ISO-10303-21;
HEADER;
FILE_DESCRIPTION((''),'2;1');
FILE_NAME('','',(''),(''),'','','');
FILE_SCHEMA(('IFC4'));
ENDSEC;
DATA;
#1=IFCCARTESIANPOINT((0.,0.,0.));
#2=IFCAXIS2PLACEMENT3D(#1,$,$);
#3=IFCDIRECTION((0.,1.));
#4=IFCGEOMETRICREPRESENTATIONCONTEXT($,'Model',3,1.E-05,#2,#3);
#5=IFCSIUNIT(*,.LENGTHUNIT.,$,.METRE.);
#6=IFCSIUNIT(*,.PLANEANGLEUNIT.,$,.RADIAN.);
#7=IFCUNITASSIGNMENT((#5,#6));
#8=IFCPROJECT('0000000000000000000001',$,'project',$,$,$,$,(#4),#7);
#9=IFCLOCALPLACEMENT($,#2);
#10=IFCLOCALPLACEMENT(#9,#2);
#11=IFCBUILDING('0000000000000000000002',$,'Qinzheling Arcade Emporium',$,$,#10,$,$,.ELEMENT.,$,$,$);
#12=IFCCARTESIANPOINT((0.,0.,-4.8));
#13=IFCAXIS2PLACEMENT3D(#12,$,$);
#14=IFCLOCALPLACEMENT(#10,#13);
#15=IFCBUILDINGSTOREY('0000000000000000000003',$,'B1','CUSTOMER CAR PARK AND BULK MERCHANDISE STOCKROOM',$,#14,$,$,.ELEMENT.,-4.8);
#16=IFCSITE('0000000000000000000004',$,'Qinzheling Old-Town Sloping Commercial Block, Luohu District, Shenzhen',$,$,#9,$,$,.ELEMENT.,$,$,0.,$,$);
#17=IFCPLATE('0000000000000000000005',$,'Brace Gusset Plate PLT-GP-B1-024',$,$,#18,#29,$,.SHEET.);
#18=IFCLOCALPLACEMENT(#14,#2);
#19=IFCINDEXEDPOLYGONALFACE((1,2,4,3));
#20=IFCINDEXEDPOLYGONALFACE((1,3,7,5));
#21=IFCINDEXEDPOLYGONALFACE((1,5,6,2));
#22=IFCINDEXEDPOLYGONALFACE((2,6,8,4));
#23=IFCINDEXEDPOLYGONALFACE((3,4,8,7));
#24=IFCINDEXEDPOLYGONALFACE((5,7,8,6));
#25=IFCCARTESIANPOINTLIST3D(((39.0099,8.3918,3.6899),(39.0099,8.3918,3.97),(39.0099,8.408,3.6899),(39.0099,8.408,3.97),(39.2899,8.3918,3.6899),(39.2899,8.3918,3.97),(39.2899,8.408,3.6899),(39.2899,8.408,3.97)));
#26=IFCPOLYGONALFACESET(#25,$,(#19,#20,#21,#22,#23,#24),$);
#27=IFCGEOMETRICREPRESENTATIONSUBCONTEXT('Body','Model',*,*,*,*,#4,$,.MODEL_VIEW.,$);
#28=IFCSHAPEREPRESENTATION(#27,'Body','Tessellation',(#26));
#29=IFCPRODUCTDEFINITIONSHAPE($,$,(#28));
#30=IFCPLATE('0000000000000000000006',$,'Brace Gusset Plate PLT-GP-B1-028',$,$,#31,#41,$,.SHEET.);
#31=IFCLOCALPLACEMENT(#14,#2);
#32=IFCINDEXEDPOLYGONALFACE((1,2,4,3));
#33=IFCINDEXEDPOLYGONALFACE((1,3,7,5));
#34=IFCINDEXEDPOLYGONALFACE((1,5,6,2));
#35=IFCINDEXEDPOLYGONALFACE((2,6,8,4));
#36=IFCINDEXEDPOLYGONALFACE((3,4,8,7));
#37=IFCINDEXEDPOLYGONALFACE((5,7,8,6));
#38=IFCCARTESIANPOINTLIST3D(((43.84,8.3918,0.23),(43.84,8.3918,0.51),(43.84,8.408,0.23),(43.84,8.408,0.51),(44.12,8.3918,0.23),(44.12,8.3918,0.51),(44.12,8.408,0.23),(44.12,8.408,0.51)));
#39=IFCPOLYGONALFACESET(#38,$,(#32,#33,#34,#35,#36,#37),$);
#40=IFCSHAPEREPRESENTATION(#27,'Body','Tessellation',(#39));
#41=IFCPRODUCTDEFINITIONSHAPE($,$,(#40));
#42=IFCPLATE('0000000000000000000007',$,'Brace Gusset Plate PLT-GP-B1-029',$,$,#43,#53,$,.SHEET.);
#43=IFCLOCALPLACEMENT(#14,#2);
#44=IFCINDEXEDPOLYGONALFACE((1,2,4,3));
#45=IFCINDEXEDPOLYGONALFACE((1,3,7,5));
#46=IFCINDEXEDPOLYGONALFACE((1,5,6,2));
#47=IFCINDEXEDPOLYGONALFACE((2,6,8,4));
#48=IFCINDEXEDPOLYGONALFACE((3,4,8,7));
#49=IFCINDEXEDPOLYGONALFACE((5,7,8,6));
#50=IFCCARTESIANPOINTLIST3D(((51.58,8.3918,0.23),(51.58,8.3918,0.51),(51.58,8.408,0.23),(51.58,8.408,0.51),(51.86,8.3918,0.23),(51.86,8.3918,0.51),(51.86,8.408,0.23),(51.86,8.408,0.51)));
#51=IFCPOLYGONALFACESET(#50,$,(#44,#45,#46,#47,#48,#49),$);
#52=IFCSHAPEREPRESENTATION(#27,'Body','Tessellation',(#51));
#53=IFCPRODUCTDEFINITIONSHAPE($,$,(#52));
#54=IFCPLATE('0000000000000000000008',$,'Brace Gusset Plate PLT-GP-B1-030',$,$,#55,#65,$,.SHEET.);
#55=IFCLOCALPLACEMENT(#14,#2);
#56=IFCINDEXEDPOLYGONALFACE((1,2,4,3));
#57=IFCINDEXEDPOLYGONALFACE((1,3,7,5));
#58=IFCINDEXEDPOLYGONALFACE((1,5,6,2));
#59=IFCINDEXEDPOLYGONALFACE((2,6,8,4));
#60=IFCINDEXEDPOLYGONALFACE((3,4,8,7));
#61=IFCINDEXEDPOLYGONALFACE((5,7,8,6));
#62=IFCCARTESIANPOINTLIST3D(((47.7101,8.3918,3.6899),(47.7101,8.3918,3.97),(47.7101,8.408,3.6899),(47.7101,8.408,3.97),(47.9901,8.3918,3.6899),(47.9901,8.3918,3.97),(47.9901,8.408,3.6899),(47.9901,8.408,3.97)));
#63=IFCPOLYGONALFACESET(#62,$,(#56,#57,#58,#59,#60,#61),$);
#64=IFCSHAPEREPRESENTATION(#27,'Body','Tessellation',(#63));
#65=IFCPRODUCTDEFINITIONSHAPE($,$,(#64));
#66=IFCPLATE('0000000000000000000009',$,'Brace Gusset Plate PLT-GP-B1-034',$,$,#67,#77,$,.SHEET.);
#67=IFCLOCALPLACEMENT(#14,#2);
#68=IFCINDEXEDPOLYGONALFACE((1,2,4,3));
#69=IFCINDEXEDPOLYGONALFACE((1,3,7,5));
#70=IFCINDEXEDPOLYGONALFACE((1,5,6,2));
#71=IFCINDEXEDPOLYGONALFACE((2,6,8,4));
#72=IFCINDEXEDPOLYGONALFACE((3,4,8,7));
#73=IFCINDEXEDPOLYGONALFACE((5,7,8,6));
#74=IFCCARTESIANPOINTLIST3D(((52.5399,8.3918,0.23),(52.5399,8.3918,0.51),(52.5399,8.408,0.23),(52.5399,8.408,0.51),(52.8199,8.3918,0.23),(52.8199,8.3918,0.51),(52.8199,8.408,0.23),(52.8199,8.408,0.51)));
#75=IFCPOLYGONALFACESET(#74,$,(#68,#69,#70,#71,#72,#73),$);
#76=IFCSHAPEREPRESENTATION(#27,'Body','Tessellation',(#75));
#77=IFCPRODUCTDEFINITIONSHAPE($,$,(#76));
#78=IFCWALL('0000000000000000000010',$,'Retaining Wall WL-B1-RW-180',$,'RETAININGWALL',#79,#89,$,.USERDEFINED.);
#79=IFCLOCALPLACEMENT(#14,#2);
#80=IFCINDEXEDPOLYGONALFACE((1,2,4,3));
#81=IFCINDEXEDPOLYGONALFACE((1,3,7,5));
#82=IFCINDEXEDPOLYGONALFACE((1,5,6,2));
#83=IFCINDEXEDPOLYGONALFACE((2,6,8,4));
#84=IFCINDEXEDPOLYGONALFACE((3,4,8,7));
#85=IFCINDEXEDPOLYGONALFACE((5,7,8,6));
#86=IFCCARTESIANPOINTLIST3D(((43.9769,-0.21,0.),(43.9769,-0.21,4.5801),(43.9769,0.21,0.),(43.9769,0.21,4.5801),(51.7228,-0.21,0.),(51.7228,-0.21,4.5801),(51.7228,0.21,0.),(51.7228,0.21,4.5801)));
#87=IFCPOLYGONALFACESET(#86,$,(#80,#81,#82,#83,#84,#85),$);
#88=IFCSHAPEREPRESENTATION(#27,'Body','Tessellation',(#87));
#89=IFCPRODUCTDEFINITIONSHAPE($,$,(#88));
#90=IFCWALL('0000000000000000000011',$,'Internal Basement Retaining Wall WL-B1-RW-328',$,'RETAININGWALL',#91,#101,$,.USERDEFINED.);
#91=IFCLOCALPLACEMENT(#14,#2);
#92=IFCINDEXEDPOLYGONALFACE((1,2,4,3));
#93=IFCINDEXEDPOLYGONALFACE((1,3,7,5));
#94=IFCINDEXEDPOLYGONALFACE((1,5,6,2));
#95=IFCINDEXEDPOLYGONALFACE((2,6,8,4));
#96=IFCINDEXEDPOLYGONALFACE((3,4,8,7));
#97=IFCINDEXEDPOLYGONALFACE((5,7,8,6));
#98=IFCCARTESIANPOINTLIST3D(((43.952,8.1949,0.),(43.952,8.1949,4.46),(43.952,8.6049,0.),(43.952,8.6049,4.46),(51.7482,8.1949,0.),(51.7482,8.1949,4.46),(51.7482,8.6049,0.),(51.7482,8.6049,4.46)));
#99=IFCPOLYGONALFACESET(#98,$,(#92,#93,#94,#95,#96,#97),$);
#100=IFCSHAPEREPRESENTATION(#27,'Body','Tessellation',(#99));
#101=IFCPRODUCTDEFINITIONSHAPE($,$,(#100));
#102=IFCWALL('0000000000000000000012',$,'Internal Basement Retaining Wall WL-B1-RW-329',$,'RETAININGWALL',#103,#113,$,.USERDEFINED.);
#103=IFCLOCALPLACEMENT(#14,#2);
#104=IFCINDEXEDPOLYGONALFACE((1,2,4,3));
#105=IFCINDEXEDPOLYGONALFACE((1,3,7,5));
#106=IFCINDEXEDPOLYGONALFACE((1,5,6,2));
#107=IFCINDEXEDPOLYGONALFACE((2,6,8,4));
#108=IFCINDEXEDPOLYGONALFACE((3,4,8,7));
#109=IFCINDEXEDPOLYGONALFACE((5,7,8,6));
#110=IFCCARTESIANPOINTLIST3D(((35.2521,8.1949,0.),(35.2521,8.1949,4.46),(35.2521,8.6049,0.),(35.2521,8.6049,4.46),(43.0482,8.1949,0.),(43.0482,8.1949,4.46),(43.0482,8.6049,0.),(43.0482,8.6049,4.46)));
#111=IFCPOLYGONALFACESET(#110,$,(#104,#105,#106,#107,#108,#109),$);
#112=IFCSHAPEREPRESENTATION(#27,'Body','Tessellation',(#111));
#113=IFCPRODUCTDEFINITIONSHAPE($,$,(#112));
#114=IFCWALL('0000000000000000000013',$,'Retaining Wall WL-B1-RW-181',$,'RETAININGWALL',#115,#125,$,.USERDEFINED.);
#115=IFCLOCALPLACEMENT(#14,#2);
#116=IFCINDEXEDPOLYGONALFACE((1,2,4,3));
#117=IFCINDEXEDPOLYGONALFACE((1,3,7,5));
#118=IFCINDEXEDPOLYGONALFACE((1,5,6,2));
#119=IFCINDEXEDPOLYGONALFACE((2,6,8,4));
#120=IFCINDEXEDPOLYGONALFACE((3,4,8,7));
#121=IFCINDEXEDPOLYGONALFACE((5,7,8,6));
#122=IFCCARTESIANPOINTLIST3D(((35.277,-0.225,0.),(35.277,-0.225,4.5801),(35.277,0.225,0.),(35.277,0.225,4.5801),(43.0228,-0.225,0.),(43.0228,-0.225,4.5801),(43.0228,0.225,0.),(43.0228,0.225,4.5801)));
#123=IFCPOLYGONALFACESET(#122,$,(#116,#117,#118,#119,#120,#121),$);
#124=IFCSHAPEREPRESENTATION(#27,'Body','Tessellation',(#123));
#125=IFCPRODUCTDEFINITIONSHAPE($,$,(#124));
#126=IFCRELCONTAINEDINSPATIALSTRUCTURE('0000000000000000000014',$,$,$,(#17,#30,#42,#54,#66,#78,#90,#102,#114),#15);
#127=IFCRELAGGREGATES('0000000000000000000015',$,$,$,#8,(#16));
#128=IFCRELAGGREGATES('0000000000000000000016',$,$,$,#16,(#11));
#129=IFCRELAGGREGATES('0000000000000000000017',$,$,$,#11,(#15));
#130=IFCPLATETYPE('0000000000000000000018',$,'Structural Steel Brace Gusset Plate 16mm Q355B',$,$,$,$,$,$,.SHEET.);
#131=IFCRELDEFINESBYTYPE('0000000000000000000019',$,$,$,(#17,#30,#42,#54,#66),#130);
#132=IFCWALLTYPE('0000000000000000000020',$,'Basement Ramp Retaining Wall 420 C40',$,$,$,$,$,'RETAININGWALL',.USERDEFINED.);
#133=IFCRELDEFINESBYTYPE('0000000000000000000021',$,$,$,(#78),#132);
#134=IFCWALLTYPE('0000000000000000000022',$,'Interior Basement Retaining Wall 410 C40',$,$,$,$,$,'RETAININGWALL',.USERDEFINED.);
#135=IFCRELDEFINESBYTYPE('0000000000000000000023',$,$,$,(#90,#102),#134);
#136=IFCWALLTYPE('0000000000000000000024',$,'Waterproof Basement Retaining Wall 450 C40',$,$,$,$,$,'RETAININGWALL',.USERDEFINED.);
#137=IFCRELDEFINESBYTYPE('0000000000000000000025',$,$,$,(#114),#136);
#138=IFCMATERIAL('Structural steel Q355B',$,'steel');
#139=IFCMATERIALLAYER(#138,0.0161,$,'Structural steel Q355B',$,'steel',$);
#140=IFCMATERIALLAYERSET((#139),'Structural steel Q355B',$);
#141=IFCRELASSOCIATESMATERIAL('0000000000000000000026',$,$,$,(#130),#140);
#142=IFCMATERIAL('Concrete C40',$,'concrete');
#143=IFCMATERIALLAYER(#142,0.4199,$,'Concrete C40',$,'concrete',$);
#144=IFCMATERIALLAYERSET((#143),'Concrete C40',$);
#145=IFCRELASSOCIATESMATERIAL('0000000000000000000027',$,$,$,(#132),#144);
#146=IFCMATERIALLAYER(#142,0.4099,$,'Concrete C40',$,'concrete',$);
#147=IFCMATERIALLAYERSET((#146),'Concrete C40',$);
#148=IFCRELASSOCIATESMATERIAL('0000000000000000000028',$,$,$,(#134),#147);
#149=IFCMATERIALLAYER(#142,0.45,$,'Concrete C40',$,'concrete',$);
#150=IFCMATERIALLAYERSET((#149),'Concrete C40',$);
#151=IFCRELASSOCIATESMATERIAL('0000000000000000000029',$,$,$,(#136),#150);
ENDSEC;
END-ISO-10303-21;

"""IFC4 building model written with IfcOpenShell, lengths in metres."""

from ifc_helpers import new_model, si_unit, direction, frame, frame_2d, origin, origin_2d, place, context, subcontext, project, spatial, rectangle, extrude, material, layer, layer_set, type_object, element, save


model = new_model("IFC4")

# Units and contexts
model_context = context("Model", 3, precision=1e-05, world=origin(), true_north=direction((0.0, 1.0)))
body_context = subcontext(model_context, "Body", "Model", "MODEL_VIEW")
ifc_project = project(units=[si_unit("LENGTHUNIT", "METRE"), si_unit("PLANEANGLEUNIT", "RADIAN")], contexts=[model_context])

# Site, building, storey
site_placement = place(None, origin())
site = spatial("IfcSite", under=ifc_project, at=site_placement, Name="Qinzheling Old-Town Sloping Commercial Block, Luohu District, Shenzhen", CompositionType="ELEMENT", RefElevation=0.0)
building_placement = place(site_placement, origin())
building = spatial("IfcBuilding", under=site, at=building_placement, Name="Qinzheling Arcade Emporium", CompositionType="ELEMENT")
storey_placement = place(building_placement, frame((0.0, 0.0, -4.8)))
storey = spatial("IfcBuildingStorey", under=building, at=storey_placement, Name="B1", Description="CUSTOMER CAR PARK AND BULK MERCHANDISE STOCKROOM", CompositionType="ELEMENT", Elevation=-4.8)

# Shared definitions
ifc_material_1 = material(Name="Structural steel Q355B", Category="steel")

# Shared definitions
ifc_material_2 = material(Name="Concrete C40", Category="concrete")

# Plates
ifc_layer_1 = layer(ifc_material_1, 0.0161, Name="Structural steel Q355B", Category="steel")
ifc_layer_set_1 = layer_set([ifc_layer_1], Name="Structural steel Q355B")
plate_type = type_object("IfcPlateType", Name="Structural Steel Brace Gusset Plate 16mm Q355B", PredefinedType="SHEET", material=ifc_layer_set_1)
for number, where, z_axis, x_axis, name in (
    (1, (39.1499, 8.3999, 3.6899), (0.0, 0.0, 1.0), (1.0, 0.0, 0.0), "Brace Gusset Plate PLT-GP-B1-024"),
    (2, (43.98, 8.3999, 0.23), (0.0, 0.0, 1.0), (1.0, 0.0, 0.0), "Brace Gusset Plate PLT-GP-B1-028"),
    (3, (51.72, 8.3999, 0.23), (0.0, 0.0, 1.0), (1.0, 0.0, 0.0), "Brace Gusset Plate PLT-GP-B1-029"),
    (4, (47.8501, 8.3999, 3.6899), (0.0, 0.0, 1.0), (1.0, 0.0, 0.0), "Brace Gusset Plate PLT-GP-B1-030"),
    (5, (52.6799, 8.3999, 0.23), (0.0, 0.0, 1.0), (1.0, 0.0, 0.0), "Brace Gusset Plate PLT-GP-B1-034"),
):
    element("IfcPlate", number, at=place(storey_placement, frame(where, z_axis=z_axis, x_axis=x_axis)), inside=storey, type_object=plate_type, Name=name, PredefinedType="SHEET", context=body_context, shape_type="SweptSolid", body=[
        extrude(rectangle(XDim=0.28, YDim=0.0161, at=origin_2d()), origin(), (0.0, 0.0, 1.0), 0.28),
    ])

# Walls
ifc_layer_2 = layer(ifc_material_2, 0.4199, Name="Concrete C40", Category="concrete")
ifc_layer_set_2 = layer_set([ifc_layer_2], Name="Concrete C40")
wall_type_1 = type_object("IfcWallType", Name="Basement Ramp Retaining Wall 420 C40", ElementType="RETAININGWALL", PredefinedType="USERDEFINED", material=ifc_layer_set_2)
wall_1_placement = place(storey_placement, frame((51.7229, 0.0, 0.0), z_axis=(0.0, 0.0, 1.0), x_axis=(-1.0, 0.0, 0.0)))
element("IfcWall", 6, at=wall_1_placement, inside=storey, type_object=wall_type_1, Name="Retaining Wall WL-B1-RW-180", ObjectType="RETAININGWALL", PredefinedType="USERDEFINED", context=body_context, shape_type="SweptSolid", body=[
    extrude(rectangle(XDim=7.7458, YDim=0.4199, at=frame_2d((3.873, 0.0))), origin(), (0.0, 0.0, 1.0), 4.5801),
])
ifc_layer_3 = layer(ifc_material_2, 0.4099, Name="Concrete C40", Category="concrete")
ifc_layer_set_3 = layer_set([ifc_layer_3], Name="Concrete C40")
wall_type_2 = type_object("IfcWallType", Name="Interior Basement Retaining Wall 410 C40", ElementType="RETAININGWALL", PredefinedType="USERDEFINED", material=ifc_layer_set_3)
for number, where, z_axis, x_axis, name in (
    (7, (51.748, 8.3999, 0.0), (0.0, 0.0, 1.0), (-1.0, 0.0, 0.0), "Internal Basement Retaining Wall WL-B1-RW-328"),
    (8, (43.0481, 8.3999, 0.0), (0.0, 0.0, 1.0), (-1.0, 0.0, 0.0), "Internal Basement Retaining Wall WL-B1-RW-329"),
):
    element("IfcWall", number, at=place(storey_placement, frame(where, z_axis=z_axis, x_axis=x_axis)), inside=storey, type_object=wall_type_2, Name=name, ObjectType="RETAININGWALL", PredefinedType="USERDEFINED", context=body_context, shape_type="SweptSolid", body=[
        extrude(rectangle(XDim=7.7961, YDim=0.4099, at=frame_2d((3.8979, 0.0))), origin(), (0.0, 0.0, 1.0), 4.46),
    ])
ifc_layer_4 = layer(ifc_material_2, 0.45, Name="Concrete C40", Category="concrete")
ifc_layer_set_4 = layer_set([ifc_layer_4], Name="Concrete C40")
wall_type_3 = type_object("IfcWallType", Name="Waterproof Basement Retaining Wall 450 C40", ElementType="RETAININGWALL", PredefinedType="USERDEFINED", material=ifc_layer_set_4)
wall_2_placement = place(storey_placement, frame((43.0229, 0.0, 0.0), z_axis=(0.0, 0.0, 1.0), x_axis=(-1.0, 0.0, 0.0)))
element("IfcWall", 9, at=wall_2_placement, inside=storey, type_object=wall_type_3, Name="Retaining Wall WL-B1-RW-181", ObjectType="RETAININGWALL", PredefinedType="USERDEFINED", context=body_context, shape_type="SweptSolid", body=[
    extrude(rectangle(XDim=7.7458, YDim=0.45, at=frame_2d((3.873, 0.0))), origin(), (0.0, 0.0, 1.0), 4.5801),
])

save(model, "model.ifc")
